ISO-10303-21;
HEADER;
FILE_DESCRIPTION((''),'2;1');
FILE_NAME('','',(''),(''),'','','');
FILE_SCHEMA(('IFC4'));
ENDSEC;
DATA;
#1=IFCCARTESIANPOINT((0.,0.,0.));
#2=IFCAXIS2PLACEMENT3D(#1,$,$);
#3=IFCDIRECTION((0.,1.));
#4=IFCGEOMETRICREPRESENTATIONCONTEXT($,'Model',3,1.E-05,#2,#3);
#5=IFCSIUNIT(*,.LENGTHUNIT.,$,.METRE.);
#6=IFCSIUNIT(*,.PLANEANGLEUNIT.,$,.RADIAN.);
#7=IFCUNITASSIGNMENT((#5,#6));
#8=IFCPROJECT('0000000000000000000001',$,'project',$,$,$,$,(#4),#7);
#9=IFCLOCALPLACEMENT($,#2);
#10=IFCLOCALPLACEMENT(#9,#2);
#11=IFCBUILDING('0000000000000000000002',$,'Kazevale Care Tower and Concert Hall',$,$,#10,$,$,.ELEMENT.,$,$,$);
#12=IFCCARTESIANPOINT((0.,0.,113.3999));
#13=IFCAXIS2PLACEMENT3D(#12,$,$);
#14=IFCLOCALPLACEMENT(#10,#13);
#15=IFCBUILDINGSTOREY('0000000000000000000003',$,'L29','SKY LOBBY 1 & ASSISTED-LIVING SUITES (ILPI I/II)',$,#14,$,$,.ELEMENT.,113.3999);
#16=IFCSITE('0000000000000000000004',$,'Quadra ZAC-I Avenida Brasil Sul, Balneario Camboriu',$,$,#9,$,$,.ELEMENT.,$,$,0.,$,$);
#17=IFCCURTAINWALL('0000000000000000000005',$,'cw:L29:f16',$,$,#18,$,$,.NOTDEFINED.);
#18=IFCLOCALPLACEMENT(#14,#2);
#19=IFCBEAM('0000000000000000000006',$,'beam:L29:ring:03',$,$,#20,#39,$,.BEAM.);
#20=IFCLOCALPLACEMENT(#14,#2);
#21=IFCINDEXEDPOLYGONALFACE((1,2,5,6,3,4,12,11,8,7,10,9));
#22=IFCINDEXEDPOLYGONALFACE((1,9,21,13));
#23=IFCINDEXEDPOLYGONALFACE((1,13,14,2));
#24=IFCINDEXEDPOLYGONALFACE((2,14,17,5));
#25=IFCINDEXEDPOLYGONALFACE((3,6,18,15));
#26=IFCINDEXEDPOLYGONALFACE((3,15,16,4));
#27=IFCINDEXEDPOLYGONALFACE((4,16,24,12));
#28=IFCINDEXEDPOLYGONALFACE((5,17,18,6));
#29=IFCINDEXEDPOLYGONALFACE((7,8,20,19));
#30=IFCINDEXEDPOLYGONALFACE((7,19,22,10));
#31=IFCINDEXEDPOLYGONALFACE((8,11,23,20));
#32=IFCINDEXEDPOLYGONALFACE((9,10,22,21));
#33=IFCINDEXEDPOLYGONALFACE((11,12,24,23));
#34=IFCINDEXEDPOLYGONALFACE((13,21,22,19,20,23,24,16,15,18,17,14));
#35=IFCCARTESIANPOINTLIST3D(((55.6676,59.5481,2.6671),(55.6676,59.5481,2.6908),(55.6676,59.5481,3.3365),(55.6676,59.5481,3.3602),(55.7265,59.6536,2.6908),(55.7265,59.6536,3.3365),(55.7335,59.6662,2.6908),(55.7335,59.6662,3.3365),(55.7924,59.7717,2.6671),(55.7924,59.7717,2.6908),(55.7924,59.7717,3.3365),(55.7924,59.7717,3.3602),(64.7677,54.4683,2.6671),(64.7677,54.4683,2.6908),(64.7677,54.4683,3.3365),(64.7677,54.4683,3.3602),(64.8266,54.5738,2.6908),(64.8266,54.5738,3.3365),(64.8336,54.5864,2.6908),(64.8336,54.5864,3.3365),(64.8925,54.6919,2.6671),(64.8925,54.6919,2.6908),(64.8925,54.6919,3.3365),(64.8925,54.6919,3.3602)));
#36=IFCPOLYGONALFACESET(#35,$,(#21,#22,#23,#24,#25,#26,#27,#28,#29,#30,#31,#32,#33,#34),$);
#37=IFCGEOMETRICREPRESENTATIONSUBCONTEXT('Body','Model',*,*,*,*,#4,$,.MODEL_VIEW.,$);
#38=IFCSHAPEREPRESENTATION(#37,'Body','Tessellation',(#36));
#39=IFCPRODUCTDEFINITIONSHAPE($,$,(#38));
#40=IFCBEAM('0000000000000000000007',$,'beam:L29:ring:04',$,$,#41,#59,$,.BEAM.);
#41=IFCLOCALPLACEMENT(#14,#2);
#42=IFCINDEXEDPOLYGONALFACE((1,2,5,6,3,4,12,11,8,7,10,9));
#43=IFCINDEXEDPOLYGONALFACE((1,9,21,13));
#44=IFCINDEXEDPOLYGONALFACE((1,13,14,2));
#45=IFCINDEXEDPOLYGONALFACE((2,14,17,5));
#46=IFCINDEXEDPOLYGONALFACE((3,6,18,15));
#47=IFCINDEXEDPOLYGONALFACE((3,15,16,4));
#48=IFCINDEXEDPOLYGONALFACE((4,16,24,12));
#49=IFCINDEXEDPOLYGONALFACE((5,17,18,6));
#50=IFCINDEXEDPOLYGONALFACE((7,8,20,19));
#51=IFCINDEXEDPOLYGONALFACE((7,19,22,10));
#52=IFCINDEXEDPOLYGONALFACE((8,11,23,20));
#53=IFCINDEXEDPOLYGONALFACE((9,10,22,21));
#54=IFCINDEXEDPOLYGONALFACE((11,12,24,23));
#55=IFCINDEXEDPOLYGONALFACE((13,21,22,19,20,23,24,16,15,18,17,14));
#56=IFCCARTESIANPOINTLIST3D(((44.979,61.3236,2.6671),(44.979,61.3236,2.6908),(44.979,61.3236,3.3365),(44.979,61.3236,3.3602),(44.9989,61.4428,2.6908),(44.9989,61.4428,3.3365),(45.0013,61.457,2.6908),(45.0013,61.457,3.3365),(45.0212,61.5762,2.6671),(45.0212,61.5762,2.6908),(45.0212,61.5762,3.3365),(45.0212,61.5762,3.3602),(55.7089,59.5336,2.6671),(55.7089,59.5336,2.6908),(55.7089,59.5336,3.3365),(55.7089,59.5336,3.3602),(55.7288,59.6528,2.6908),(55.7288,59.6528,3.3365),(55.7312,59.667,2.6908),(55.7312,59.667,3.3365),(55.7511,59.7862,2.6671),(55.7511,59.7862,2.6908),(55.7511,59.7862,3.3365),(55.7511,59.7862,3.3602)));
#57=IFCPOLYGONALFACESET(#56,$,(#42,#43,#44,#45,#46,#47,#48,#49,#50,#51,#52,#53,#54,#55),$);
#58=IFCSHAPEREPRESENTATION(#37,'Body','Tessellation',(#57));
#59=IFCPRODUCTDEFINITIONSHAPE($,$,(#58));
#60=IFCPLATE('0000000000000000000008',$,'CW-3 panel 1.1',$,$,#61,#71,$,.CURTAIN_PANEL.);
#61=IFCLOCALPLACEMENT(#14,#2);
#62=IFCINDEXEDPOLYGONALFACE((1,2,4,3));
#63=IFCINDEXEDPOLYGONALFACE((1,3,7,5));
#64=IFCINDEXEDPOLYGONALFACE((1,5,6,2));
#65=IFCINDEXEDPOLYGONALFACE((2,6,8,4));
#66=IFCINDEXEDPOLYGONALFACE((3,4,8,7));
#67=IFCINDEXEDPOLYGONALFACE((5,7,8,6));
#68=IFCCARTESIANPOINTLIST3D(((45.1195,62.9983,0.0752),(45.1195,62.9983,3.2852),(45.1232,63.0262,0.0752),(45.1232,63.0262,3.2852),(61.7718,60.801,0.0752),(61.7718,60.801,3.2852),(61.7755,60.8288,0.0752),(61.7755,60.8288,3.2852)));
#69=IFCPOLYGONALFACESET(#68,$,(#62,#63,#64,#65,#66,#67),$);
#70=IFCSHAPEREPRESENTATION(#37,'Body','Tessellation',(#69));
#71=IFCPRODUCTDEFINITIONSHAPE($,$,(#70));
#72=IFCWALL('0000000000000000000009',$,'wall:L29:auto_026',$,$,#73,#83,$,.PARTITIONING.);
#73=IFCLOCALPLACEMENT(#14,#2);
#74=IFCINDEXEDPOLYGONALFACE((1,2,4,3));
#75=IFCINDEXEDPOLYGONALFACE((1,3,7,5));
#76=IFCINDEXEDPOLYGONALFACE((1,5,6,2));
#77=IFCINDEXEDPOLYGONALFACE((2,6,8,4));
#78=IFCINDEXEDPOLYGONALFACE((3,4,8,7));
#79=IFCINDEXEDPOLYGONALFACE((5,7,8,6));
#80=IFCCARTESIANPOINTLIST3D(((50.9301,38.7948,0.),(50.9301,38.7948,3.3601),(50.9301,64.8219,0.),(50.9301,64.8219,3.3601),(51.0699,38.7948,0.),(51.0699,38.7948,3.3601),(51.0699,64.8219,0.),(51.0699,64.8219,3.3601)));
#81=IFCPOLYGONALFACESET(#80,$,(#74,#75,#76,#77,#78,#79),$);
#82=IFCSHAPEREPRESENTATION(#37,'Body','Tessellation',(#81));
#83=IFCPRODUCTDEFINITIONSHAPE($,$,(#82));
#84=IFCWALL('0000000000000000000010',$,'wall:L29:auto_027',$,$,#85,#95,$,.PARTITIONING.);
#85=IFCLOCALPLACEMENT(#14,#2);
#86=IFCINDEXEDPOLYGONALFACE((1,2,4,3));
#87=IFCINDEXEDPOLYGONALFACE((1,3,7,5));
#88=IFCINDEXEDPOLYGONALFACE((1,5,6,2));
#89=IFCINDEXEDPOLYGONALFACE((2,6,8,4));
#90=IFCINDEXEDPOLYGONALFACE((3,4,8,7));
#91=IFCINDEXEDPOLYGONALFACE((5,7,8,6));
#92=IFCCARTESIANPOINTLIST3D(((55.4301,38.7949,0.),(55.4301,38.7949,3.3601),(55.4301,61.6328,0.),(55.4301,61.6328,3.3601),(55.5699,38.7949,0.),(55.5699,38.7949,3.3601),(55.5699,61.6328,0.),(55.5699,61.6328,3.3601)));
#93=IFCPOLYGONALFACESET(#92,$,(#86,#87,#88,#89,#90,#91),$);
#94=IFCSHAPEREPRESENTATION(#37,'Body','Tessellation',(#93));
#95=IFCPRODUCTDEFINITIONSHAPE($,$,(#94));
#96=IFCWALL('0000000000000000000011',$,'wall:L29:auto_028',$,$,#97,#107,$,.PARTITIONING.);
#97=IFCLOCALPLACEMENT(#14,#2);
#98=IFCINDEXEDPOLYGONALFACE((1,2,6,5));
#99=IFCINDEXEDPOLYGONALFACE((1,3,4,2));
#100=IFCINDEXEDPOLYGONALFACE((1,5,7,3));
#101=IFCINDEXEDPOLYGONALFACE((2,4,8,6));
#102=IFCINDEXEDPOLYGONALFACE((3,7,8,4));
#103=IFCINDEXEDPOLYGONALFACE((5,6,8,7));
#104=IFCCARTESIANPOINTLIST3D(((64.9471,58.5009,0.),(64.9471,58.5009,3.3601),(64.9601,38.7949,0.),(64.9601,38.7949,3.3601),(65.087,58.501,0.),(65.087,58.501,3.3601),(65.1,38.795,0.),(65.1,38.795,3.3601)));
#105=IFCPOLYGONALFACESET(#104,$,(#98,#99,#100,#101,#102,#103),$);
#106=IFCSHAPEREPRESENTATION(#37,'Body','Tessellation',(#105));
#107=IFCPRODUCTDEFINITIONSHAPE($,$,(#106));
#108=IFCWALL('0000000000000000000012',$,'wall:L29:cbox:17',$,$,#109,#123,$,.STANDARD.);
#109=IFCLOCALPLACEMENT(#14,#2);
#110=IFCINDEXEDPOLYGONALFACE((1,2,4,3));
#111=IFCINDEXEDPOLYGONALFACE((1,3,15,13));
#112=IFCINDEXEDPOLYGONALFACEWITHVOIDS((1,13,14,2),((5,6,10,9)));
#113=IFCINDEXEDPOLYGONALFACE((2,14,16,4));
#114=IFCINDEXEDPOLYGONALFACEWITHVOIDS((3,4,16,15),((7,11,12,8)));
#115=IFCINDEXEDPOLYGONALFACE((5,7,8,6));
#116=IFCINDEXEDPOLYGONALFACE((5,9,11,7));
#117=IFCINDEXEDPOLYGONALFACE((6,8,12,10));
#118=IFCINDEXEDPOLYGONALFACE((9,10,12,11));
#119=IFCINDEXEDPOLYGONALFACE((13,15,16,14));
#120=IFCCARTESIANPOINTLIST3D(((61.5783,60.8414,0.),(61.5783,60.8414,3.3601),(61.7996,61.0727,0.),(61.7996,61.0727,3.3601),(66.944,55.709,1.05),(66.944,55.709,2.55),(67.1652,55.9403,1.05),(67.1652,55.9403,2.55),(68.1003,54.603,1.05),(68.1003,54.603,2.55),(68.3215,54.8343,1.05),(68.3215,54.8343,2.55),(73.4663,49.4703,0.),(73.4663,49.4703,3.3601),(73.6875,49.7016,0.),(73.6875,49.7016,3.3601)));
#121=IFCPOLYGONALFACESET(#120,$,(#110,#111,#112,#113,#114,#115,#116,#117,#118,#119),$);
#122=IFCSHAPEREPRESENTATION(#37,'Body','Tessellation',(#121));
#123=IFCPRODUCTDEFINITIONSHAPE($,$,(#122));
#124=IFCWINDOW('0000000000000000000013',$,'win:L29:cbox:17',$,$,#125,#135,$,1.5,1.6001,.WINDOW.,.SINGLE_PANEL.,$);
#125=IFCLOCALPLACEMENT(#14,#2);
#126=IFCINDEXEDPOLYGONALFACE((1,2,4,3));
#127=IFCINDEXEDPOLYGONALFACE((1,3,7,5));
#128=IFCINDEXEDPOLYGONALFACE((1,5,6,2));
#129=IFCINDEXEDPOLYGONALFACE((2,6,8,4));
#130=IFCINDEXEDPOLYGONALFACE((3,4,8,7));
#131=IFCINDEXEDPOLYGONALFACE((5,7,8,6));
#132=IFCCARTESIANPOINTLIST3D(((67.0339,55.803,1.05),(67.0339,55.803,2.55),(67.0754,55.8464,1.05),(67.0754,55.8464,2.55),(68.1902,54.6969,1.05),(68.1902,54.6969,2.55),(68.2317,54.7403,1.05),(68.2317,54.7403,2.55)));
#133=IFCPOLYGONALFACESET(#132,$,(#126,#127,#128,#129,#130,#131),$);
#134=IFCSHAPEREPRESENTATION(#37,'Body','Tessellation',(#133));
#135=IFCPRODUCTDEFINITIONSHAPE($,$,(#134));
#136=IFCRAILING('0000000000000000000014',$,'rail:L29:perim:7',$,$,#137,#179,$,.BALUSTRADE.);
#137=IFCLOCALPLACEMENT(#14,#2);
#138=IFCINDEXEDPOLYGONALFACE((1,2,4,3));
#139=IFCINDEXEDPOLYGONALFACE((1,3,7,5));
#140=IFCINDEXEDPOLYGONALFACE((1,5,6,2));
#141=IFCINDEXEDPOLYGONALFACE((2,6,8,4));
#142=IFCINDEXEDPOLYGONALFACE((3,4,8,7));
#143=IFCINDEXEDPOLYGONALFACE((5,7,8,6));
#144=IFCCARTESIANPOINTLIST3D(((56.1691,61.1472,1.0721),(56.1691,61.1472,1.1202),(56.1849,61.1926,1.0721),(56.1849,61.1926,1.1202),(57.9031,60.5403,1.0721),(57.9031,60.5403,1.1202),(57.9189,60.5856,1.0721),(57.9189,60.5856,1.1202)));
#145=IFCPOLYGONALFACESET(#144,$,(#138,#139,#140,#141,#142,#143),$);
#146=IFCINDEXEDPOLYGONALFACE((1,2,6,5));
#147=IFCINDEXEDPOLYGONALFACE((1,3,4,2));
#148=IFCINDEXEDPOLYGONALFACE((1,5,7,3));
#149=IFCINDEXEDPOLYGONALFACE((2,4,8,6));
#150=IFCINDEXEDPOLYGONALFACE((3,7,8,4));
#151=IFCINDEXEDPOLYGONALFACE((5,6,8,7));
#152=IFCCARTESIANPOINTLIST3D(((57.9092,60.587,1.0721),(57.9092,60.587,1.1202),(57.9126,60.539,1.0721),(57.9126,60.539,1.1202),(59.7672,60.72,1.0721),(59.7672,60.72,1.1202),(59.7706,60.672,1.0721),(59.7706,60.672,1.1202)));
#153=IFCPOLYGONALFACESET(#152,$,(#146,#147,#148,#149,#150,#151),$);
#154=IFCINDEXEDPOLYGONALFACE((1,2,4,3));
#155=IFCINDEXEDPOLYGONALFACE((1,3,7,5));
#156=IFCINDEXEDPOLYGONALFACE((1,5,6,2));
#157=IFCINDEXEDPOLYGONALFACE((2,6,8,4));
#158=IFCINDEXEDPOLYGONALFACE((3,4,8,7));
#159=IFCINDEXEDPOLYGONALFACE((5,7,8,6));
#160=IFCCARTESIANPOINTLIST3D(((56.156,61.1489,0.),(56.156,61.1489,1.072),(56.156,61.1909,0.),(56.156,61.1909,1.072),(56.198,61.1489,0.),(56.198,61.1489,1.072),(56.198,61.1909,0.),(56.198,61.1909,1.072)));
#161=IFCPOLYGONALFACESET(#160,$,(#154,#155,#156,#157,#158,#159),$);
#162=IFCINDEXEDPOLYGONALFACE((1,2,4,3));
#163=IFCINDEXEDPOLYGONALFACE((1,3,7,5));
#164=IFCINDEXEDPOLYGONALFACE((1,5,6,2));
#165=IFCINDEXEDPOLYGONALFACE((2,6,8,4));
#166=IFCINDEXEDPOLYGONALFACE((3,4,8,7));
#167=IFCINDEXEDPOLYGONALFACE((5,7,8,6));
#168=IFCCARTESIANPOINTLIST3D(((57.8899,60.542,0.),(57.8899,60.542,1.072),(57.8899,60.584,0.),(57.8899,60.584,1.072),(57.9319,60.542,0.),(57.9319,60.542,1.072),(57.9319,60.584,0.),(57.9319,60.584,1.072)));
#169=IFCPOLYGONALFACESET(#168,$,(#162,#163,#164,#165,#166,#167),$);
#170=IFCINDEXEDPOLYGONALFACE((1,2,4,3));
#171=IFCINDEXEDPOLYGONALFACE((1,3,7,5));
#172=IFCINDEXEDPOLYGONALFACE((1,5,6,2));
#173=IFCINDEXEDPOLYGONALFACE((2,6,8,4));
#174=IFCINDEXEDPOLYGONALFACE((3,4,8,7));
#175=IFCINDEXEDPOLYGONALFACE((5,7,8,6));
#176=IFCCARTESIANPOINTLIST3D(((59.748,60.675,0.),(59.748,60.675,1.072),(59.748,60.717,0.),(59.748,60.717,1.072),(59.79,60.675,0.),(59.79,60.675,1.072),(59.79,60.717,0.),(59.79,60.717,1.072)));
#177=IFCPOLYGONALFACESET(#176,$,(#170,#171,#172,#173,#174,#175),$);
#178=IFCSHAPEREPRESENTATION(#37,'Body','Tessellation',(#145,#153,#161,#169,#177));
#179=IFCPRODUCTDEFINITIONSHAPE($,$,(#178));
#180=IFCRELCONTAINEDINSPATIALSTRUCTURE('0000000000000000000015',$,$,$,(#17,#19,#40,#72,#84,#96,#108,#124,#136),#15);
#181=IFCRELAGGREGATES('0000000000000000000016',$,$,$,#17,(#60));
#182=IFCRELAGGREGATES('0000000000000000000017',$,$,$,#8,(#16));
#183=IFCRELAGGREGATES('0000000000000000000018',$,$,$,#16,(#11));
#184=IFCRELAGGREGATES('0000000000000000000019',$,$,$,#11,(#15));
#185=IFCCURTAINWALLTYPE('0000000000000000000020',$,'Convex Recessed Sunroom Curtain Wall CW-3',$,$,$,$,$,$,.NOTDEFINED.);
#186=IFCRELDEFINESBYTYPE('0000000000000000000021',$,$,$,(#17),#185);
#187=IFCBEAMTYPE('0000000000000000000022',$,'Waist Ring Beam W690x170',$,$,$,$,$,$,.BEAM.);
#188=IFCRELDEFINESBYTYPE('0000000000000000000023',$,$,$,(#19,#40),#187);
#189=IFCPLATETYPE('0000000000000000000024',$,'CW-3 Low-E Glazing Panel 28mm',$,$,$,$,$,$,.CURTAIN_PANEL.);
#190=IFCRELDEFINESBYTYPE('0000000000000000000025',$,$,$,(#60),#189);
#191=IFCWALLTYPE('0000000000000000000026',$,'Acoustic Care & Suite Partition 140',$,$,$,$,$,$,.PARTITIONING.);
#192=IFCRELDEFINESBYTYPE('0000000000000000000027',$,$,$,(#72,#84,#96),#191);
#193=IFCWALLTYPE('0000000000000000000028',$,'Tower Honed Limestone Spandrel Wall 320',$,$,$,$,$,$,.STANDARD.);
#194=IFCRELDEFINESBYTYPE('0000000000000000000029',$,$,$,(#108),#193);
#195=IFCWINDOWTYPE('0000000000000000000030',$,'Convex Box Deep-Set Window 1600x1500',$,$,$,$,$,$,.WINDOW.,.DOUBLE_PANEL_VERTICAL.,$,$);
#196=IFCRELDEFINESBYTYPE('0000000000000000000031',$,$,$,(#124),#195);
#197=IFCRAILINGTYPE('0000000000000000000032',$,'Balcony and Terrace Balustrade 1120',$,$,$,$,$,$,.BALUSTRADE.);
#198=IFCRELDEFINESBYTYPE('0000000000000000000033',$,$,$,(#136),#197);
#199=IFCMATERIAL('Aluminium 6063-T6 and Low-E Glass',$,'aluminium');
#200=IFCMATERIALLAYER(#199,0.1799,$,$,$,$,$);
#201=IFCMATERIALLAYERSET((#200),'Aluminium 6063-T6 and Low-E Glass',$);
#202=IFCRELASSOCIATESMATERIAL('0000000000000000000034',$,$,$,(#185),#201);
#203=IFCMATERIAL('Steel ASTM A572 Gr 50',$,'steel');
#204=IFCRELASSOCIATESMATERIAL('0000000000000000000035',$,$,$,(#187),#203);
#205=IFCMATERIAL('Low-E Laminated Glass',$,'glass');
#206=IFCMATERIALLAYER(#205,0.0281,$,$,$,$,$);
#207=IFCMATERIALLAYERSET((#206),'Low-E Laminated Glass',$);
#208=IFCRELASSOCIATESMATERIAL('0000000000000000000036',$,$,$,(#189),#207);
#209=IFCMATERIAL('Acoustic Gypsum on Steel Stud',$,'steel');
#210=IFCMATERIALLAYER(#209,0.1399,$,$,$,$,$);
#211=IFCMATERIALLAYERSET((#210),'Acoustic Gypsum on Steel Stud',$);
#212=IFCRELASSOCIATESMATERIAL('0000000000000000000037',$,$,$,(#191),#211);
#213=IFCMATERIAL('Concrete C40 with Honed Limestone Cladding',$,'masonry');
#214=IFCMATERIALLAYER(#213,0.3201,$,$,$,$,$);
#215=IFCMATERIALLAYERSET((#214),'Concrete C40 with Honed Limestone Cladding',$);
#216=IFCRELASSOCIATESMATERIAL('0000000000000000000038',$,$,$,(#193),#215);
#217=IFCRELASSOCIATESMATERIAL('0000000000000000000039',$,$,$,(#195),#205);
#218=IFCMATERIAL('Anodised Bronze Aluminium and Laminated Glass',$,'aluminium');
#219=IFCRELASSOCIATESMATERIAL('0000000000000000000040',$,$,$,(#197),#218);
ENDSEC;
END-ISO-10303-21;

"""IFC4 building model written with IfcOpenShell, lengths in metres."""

from ifc_helpers import new_model, si_unit, direction, frame, frame_2d, origin, origin_2d, place, context, subcontext, project, spatial, rectangle, i_section, extrude, material, layer, layer_set, material_profile, profile_set, type_object, element, fill, aggregate, save


model = new_model("IFC4")

# Units and contexts
model_context = context("Model", 3, precision=1e-05, world=origin(), true_north=direction((0.0, 1.0)))
body_context = subcontext(model_context, "Body", "Model", "MODEL_VIEW")
ifc_project = project(units=[si_unit("LENGTHUNIT", "METRE"), si_unit("PLANEANGLEUNIT", "RADIAN")], contexts=[model_context])

# Site, building, storey
site_placement = place(None, origin())
site = spatial("IfcSite", under=ifc_project, at=site_placement, Name="Quadra ZAC-I Avenida Brasil Sul, Balneario Camboriu", CompositionType="ELEMENT", RefElevation=0.0)
building_placement = place(site_placement, origin())
building = spatial("IfcBuilding", under=site, at=building_placement, Name="Kazevale Care Tower and Concert Hall", CompositionType="ELEMENT")
storey_placement = place(building_placement, frame((0.0, 0.0, 113.3999)))
storey = spatial("IfcBuildingStorey", under=building, at=storey_placement, Name="L29", Description="SKY LOBBY 1 & ASSISTED-LIVING SUITES (ILPI I/II)", CompositionType="ELEMENT", Elevation=113.3999)

# Curtain wall
ifc_material_1 = material(Name="Aluminium 6063-T6 and Low-E Glass", Category="aluminium")
ifc_layer_1 = layer(ifc_material_1, 0.1799)
ifc_layer_set_1 = layer_set([ifc_layer_1], Name="Aluminium 6063-T6 and Low-E Glass")
curtain_wall_type_1 = type_object("IfcCurtainWallType", Name="Convex Recessed Sunroom Curtain Wall CW-3", PredefinedType="NOTDEFINED", material=ifc_layer_set_1)
curtain_wall_1_placement = place(storey_placement, origin())
curtain_wall_1 = element("IfcCurtainWall", 1, at=curtain_wall_1_placement, inside=storey, type_object=curtain_wall_type_1, Name="cw:L29:f16", PredefinedType="NOTDEFINED")

# Beams
ifc_material_2 = material(Name="Steel ASTM A572 Gr 50", Category="steel")
ifc_material_profile_1 = material_profile(ifc_material_2, i_section(OverallWidth=0.2561, OverallDepth=0.6931, WebThickness=0.0144, FlangeThickness=0.0237, at=origin_2d()), Name="W690x170")
ifc_profile_set_1 = profile_set([ifc_material_profile_1], Name="Steel ASTM A572 Gr 50")
beam_type = type_object("IfcBeamType", Name="Waist Ring Beam W690x170", PredefinedType="BEAM", material=ifc_profile_set_1)
beam_1_placement = place(storey_placement, frame((64.8301, 54.5801, 3.0137), z_axis=(-0.873169, 0.487418, 0.0), x_axis=(-0.487418, -0.873169, 0.0)))
element("IfcBeam", 2, at=beam_1_placement, inside=storey, type_object=beam_type, Name="beam:L29:ring:03", PredefinedType="BEAM", context=body_context, shape_type="SweptSolid", body=[
    extrude(i_section(OverallWidth=0.2561, OverallDepth=0.6931, WebThickness=0.0144, FlangeThickness=0.0237, at=origin_2d()), origin(), (0.0, 0.0, 1.0), 10.4219),
])
beam_2_placement = place(storey_placement, frame((55.73, 59.6599, 3.0137), z_axis=(-0.986368, 0.164552, 0.0), x_axis=(-0.164552, -0.986368, 0.0)))
element("IfcBeam", 3, at=beam_2_placement, inside=storey, type_object=beam_type, Name="beam:L29:ring:04", PredefinedType="BEAM", context=body_context, shape_type="SweptSolid", body=[
    extrude(i_section(OverallWidth=0.2561, OverallDepth=0.6931, WebThickness=0.0144, FlangeThickness=0.0237, at=origin_2d()), origin(), (0.0, 0.0, 1.0), 10.8782),
])

# Plate
ifc_material_3 = material(Name="Low-E Laminated Glass", Category="glass")
ifc_layer_2 = layer(ifc_material_3, 0.0281)
ifc_layer_set_2 = layer_set([ifc_layer_2], Name="Low-E Laminated Glass")
plate_type = type_object("IfcPlateType", Name="CW-3 Low-E Glazing Panel 28mm", PredefinedType="CURTAIN_PANEL", material=ifc_layer_set_2)
plate_placement = place(storey_placement, frame((53.4475, 61.9136, 0.0752), z_axis=(0.0, 0.0, 1.0), x_axis=(0.991406, -0.130822, 0.0)))
plate = element("IfcPlate", 4, at=plate_placement, type_object=plate_type, Name="CW-3 panel 1.1", PredefinedType="CURTAIN_PANEL", context=body_context, shape_type="SweptSolid", body=[
    extrude(rectangle(XDim=16.7966, YDim=0.0281, at=origin_2d()), origin(), (0.0, 0.0, 1.0), 3.21),
])
aggregate(curtain_wall_1, [plate])

# Walls
ifc_material_4 = material(Name="Acoustic Gypsum on Steel Stud", Category="steel")
ifc_layer_3 = layer(ifc_material_4, 0.1399)
ifc_layer_set_3 = layer_set([ifc_layer_3], Name="Acoustic Gypsum on Steel Stud")
wall_type_1 = type_object("IfcWallType", Name="Acoustic Care & Suite Partition 140", PredefinedType="PARTITIONING", material=ifc_layer_set_3)
wall_1_placement = place(storey_placement, frame((51.0, 64.822, 0.0), z_axis=(0.0, 0.0, 1.0), x_axis=(0.0, -1.0, 0.0)))
element("IfcWall", 5, at=wall_1_placement, inside=storey, type_object=wall_type_1, Name="wall:L29:auto_026", PredefinedType="PARTITIONING", context=body_context, shape_type="SweptSolid", body=[
    extrude(rectangle(XDim=26.0271, YDim=0.1399, at=frame_2d((13.0137, 0.0))), origin(), (0.0, 0.0, 1.0), 3.3601),
])
wall_2_placement = place(storey_placement, frame((55.5, 61.6328, 0.0), z_axis=(0.0, 0.0, 1.0), x_axis=(0.0, -1.0, 0.0)))
element("IfcWall", 6, at=wall_2_placement, inside=storey, type_object=wall_type_1, Name="wall:L29:auto_027", PredefinedType="PARTITIONING", context=body_context, shape_type="SweptSolid", body=[
    extrude(rectangle(XDim=22.8379, YDim=0.1399, at=frame_2d((11.4189, 0.0))), origin(), (0.0, 0.0, 1.0), 3.3601),
])
wall_3_placement = place(storey_placement, frame((65.0171, 58.501, 0.0), z_axis=(0.0, 0.0, 1.0), x_axis=(0.000657, -1.0, 0.0)))
element("IfcWall", 7, at=wall_3_placement, inside=storey, type_object=wall_type_1, Name="wall:L29:auto_028", PredefinedType="PARTITIONING", context=body_context, shape_type="SweptSolid", body=[
    extrude(rectangle(XDim=19.7061, YDim=0.1399, at=frame_2d((9.853, 0.0))), origin(), (0.0, 0.0, 1.0), 3.3601),
])

# Wall, opening, window
ifc_material_5 = material(Name="Concrete C40 with Honed Limestone Cladding", Category="masonry")
ifc_layer_4 = layer(ifc_material_5, 0.3201)
ifc_layer_set_4 = layer_set([ifc_layer_4], Name="Concrete C40 with Honed Limestone Cladding")
wall_type_2 = type_object("IfcWallType", Name="Tower Honed Limestone Spandrel Wall 320", PredefinedType="STANDARD", material=ifc_layer_set_4)
wall_4_placement = place(storey_placement, frame((61.689, 60.957, 0.0), z_axis=(0.0, 0.0, 1.0), x_axis=(0.722641, -0.691223, 0.0)))
wall_4 = element("IfcWall", 8, at=wall_4_placement, inside=storey, type_object=wall_type_2, Name="wall:L29:cbox:17", PredefinedType="STANDARD", context=body_context, shape_type="SweptSolid", body=[
    extrude(rectangle(XDim=16.4507, YDim=0.3201, at=frame_2d((8.2253, 0.0))), origin(), (0.0, 0.0, 1.0), 3.3601),
])
opening_placement = place(wall_4_placement, frame((7.425, 0.0, 1.05)))
opening = element("IfcOpeningElement", 9, at=opening_placement, cuts=wall_4, PredefinedType="OPENING", context=body_context, shape_type="SweptSolid", body=[
    extrude(rectangle(XDim=1.6001, YDim=1.5, at=frame_2d((0.8, 0.75))), frame((0.0, 0.1699, 0.0), z_axis=(0.0, -1.0, 0.0), x_axis=(1.0, 0.0, 0.0)), (0.0, 0.0, 1.0), 0.3401),
])
window_type = type_object("IfcWindowType", Name="Convex Box Deep-Set Window 1600x1500", PartitioningType="DOUBLE_PANEL_VERTICAL", PredefinedType="WINDOW", material=ifc_material_3)
window_placement = place(opening_placement, origin())
window = element("IfcWindow", 10, at=window_placement, inside=storey, type_object=window_type, Name="win:L29:cbox:17", OverallHeight=1.5, OverallWidth=1.6001, PartitioningType="SINGLE_PANEL", PredefinedType="WINDOW", context=body_context, shape_type="SweptSolid", body=[
    extrude(rectangle(XDim=1.6001, YDim=1.5, at=frame_2d((0.8, 0.75))), frame((0.0, 0.03, 0.0), z_axis=(0.0, -1.0, 0.0), x_axis=(1.0, 0.0, 0.0)), (0.0, 0.0, 1.0), 0.0601),
])
fill(opening, window)

# Railing
ifc_material_6 = material(Name="Anodised Bronze Aluminium and Laminated Glass", Category="aluminium")
railing_type = type_object("IfcRailingType", Name="Balcony and Terrace Balustrade 1120", PredefinedType="BALUSTRADE", material=ifc_material_6)
railing_1_placement = place(storey_placement, frame((56.177, 61.1699, 0.0)))
element("IfcRailing", 11, at=railing_1_placement, inside=storey, type_object=railing_type, Name="rail:L29:perim:7", PredefinedType="BALUSTRADE", context=body_context, shape_type="SweptSolid", body=[
    extrude(rectangle(XDim=0.0481, YDim=0.0481, at=origin_2d()), frame((0.0, 0.0, 1.0962), z_axis=(0.943846, -0.330386, 0.0), x_axis=(0.330386, 0.943846, 0.0)), (0.0, 0.0, 1.0), 1.8372),
    extrude(rectangle(XDim=0.0481, YDim=0.0481, at=origin_2d()), frame((1.7339, -0.6069, 1.0962), z_axis=(0.997446, 0.071424, 0.0), x_axis=(-0.071424, 0.997446, 0.0)), (0.0, 0.0, 1.0), 1.8628),
    extrude(rectangle(XDim=0.042, YDim=0.042, at=origin_2d()), origin(), (0.0, 0.0, 1.0), 1.072),
    extrude(rectangle(XDim=0.042, YDim=0.042, at=origin_2d()), frame((1.7339, -0.6069, 0.0)), (0.0, 0.0, 1.0), 1.072),
    extrude(rectangle(XDim=0.042, YDim=0.042, at=origin_2d()), frame((3.592, -0.4739, 0.0)), (0.0, 0.0, 1.0), 1.072),
])

save(model, "model.ifc")
